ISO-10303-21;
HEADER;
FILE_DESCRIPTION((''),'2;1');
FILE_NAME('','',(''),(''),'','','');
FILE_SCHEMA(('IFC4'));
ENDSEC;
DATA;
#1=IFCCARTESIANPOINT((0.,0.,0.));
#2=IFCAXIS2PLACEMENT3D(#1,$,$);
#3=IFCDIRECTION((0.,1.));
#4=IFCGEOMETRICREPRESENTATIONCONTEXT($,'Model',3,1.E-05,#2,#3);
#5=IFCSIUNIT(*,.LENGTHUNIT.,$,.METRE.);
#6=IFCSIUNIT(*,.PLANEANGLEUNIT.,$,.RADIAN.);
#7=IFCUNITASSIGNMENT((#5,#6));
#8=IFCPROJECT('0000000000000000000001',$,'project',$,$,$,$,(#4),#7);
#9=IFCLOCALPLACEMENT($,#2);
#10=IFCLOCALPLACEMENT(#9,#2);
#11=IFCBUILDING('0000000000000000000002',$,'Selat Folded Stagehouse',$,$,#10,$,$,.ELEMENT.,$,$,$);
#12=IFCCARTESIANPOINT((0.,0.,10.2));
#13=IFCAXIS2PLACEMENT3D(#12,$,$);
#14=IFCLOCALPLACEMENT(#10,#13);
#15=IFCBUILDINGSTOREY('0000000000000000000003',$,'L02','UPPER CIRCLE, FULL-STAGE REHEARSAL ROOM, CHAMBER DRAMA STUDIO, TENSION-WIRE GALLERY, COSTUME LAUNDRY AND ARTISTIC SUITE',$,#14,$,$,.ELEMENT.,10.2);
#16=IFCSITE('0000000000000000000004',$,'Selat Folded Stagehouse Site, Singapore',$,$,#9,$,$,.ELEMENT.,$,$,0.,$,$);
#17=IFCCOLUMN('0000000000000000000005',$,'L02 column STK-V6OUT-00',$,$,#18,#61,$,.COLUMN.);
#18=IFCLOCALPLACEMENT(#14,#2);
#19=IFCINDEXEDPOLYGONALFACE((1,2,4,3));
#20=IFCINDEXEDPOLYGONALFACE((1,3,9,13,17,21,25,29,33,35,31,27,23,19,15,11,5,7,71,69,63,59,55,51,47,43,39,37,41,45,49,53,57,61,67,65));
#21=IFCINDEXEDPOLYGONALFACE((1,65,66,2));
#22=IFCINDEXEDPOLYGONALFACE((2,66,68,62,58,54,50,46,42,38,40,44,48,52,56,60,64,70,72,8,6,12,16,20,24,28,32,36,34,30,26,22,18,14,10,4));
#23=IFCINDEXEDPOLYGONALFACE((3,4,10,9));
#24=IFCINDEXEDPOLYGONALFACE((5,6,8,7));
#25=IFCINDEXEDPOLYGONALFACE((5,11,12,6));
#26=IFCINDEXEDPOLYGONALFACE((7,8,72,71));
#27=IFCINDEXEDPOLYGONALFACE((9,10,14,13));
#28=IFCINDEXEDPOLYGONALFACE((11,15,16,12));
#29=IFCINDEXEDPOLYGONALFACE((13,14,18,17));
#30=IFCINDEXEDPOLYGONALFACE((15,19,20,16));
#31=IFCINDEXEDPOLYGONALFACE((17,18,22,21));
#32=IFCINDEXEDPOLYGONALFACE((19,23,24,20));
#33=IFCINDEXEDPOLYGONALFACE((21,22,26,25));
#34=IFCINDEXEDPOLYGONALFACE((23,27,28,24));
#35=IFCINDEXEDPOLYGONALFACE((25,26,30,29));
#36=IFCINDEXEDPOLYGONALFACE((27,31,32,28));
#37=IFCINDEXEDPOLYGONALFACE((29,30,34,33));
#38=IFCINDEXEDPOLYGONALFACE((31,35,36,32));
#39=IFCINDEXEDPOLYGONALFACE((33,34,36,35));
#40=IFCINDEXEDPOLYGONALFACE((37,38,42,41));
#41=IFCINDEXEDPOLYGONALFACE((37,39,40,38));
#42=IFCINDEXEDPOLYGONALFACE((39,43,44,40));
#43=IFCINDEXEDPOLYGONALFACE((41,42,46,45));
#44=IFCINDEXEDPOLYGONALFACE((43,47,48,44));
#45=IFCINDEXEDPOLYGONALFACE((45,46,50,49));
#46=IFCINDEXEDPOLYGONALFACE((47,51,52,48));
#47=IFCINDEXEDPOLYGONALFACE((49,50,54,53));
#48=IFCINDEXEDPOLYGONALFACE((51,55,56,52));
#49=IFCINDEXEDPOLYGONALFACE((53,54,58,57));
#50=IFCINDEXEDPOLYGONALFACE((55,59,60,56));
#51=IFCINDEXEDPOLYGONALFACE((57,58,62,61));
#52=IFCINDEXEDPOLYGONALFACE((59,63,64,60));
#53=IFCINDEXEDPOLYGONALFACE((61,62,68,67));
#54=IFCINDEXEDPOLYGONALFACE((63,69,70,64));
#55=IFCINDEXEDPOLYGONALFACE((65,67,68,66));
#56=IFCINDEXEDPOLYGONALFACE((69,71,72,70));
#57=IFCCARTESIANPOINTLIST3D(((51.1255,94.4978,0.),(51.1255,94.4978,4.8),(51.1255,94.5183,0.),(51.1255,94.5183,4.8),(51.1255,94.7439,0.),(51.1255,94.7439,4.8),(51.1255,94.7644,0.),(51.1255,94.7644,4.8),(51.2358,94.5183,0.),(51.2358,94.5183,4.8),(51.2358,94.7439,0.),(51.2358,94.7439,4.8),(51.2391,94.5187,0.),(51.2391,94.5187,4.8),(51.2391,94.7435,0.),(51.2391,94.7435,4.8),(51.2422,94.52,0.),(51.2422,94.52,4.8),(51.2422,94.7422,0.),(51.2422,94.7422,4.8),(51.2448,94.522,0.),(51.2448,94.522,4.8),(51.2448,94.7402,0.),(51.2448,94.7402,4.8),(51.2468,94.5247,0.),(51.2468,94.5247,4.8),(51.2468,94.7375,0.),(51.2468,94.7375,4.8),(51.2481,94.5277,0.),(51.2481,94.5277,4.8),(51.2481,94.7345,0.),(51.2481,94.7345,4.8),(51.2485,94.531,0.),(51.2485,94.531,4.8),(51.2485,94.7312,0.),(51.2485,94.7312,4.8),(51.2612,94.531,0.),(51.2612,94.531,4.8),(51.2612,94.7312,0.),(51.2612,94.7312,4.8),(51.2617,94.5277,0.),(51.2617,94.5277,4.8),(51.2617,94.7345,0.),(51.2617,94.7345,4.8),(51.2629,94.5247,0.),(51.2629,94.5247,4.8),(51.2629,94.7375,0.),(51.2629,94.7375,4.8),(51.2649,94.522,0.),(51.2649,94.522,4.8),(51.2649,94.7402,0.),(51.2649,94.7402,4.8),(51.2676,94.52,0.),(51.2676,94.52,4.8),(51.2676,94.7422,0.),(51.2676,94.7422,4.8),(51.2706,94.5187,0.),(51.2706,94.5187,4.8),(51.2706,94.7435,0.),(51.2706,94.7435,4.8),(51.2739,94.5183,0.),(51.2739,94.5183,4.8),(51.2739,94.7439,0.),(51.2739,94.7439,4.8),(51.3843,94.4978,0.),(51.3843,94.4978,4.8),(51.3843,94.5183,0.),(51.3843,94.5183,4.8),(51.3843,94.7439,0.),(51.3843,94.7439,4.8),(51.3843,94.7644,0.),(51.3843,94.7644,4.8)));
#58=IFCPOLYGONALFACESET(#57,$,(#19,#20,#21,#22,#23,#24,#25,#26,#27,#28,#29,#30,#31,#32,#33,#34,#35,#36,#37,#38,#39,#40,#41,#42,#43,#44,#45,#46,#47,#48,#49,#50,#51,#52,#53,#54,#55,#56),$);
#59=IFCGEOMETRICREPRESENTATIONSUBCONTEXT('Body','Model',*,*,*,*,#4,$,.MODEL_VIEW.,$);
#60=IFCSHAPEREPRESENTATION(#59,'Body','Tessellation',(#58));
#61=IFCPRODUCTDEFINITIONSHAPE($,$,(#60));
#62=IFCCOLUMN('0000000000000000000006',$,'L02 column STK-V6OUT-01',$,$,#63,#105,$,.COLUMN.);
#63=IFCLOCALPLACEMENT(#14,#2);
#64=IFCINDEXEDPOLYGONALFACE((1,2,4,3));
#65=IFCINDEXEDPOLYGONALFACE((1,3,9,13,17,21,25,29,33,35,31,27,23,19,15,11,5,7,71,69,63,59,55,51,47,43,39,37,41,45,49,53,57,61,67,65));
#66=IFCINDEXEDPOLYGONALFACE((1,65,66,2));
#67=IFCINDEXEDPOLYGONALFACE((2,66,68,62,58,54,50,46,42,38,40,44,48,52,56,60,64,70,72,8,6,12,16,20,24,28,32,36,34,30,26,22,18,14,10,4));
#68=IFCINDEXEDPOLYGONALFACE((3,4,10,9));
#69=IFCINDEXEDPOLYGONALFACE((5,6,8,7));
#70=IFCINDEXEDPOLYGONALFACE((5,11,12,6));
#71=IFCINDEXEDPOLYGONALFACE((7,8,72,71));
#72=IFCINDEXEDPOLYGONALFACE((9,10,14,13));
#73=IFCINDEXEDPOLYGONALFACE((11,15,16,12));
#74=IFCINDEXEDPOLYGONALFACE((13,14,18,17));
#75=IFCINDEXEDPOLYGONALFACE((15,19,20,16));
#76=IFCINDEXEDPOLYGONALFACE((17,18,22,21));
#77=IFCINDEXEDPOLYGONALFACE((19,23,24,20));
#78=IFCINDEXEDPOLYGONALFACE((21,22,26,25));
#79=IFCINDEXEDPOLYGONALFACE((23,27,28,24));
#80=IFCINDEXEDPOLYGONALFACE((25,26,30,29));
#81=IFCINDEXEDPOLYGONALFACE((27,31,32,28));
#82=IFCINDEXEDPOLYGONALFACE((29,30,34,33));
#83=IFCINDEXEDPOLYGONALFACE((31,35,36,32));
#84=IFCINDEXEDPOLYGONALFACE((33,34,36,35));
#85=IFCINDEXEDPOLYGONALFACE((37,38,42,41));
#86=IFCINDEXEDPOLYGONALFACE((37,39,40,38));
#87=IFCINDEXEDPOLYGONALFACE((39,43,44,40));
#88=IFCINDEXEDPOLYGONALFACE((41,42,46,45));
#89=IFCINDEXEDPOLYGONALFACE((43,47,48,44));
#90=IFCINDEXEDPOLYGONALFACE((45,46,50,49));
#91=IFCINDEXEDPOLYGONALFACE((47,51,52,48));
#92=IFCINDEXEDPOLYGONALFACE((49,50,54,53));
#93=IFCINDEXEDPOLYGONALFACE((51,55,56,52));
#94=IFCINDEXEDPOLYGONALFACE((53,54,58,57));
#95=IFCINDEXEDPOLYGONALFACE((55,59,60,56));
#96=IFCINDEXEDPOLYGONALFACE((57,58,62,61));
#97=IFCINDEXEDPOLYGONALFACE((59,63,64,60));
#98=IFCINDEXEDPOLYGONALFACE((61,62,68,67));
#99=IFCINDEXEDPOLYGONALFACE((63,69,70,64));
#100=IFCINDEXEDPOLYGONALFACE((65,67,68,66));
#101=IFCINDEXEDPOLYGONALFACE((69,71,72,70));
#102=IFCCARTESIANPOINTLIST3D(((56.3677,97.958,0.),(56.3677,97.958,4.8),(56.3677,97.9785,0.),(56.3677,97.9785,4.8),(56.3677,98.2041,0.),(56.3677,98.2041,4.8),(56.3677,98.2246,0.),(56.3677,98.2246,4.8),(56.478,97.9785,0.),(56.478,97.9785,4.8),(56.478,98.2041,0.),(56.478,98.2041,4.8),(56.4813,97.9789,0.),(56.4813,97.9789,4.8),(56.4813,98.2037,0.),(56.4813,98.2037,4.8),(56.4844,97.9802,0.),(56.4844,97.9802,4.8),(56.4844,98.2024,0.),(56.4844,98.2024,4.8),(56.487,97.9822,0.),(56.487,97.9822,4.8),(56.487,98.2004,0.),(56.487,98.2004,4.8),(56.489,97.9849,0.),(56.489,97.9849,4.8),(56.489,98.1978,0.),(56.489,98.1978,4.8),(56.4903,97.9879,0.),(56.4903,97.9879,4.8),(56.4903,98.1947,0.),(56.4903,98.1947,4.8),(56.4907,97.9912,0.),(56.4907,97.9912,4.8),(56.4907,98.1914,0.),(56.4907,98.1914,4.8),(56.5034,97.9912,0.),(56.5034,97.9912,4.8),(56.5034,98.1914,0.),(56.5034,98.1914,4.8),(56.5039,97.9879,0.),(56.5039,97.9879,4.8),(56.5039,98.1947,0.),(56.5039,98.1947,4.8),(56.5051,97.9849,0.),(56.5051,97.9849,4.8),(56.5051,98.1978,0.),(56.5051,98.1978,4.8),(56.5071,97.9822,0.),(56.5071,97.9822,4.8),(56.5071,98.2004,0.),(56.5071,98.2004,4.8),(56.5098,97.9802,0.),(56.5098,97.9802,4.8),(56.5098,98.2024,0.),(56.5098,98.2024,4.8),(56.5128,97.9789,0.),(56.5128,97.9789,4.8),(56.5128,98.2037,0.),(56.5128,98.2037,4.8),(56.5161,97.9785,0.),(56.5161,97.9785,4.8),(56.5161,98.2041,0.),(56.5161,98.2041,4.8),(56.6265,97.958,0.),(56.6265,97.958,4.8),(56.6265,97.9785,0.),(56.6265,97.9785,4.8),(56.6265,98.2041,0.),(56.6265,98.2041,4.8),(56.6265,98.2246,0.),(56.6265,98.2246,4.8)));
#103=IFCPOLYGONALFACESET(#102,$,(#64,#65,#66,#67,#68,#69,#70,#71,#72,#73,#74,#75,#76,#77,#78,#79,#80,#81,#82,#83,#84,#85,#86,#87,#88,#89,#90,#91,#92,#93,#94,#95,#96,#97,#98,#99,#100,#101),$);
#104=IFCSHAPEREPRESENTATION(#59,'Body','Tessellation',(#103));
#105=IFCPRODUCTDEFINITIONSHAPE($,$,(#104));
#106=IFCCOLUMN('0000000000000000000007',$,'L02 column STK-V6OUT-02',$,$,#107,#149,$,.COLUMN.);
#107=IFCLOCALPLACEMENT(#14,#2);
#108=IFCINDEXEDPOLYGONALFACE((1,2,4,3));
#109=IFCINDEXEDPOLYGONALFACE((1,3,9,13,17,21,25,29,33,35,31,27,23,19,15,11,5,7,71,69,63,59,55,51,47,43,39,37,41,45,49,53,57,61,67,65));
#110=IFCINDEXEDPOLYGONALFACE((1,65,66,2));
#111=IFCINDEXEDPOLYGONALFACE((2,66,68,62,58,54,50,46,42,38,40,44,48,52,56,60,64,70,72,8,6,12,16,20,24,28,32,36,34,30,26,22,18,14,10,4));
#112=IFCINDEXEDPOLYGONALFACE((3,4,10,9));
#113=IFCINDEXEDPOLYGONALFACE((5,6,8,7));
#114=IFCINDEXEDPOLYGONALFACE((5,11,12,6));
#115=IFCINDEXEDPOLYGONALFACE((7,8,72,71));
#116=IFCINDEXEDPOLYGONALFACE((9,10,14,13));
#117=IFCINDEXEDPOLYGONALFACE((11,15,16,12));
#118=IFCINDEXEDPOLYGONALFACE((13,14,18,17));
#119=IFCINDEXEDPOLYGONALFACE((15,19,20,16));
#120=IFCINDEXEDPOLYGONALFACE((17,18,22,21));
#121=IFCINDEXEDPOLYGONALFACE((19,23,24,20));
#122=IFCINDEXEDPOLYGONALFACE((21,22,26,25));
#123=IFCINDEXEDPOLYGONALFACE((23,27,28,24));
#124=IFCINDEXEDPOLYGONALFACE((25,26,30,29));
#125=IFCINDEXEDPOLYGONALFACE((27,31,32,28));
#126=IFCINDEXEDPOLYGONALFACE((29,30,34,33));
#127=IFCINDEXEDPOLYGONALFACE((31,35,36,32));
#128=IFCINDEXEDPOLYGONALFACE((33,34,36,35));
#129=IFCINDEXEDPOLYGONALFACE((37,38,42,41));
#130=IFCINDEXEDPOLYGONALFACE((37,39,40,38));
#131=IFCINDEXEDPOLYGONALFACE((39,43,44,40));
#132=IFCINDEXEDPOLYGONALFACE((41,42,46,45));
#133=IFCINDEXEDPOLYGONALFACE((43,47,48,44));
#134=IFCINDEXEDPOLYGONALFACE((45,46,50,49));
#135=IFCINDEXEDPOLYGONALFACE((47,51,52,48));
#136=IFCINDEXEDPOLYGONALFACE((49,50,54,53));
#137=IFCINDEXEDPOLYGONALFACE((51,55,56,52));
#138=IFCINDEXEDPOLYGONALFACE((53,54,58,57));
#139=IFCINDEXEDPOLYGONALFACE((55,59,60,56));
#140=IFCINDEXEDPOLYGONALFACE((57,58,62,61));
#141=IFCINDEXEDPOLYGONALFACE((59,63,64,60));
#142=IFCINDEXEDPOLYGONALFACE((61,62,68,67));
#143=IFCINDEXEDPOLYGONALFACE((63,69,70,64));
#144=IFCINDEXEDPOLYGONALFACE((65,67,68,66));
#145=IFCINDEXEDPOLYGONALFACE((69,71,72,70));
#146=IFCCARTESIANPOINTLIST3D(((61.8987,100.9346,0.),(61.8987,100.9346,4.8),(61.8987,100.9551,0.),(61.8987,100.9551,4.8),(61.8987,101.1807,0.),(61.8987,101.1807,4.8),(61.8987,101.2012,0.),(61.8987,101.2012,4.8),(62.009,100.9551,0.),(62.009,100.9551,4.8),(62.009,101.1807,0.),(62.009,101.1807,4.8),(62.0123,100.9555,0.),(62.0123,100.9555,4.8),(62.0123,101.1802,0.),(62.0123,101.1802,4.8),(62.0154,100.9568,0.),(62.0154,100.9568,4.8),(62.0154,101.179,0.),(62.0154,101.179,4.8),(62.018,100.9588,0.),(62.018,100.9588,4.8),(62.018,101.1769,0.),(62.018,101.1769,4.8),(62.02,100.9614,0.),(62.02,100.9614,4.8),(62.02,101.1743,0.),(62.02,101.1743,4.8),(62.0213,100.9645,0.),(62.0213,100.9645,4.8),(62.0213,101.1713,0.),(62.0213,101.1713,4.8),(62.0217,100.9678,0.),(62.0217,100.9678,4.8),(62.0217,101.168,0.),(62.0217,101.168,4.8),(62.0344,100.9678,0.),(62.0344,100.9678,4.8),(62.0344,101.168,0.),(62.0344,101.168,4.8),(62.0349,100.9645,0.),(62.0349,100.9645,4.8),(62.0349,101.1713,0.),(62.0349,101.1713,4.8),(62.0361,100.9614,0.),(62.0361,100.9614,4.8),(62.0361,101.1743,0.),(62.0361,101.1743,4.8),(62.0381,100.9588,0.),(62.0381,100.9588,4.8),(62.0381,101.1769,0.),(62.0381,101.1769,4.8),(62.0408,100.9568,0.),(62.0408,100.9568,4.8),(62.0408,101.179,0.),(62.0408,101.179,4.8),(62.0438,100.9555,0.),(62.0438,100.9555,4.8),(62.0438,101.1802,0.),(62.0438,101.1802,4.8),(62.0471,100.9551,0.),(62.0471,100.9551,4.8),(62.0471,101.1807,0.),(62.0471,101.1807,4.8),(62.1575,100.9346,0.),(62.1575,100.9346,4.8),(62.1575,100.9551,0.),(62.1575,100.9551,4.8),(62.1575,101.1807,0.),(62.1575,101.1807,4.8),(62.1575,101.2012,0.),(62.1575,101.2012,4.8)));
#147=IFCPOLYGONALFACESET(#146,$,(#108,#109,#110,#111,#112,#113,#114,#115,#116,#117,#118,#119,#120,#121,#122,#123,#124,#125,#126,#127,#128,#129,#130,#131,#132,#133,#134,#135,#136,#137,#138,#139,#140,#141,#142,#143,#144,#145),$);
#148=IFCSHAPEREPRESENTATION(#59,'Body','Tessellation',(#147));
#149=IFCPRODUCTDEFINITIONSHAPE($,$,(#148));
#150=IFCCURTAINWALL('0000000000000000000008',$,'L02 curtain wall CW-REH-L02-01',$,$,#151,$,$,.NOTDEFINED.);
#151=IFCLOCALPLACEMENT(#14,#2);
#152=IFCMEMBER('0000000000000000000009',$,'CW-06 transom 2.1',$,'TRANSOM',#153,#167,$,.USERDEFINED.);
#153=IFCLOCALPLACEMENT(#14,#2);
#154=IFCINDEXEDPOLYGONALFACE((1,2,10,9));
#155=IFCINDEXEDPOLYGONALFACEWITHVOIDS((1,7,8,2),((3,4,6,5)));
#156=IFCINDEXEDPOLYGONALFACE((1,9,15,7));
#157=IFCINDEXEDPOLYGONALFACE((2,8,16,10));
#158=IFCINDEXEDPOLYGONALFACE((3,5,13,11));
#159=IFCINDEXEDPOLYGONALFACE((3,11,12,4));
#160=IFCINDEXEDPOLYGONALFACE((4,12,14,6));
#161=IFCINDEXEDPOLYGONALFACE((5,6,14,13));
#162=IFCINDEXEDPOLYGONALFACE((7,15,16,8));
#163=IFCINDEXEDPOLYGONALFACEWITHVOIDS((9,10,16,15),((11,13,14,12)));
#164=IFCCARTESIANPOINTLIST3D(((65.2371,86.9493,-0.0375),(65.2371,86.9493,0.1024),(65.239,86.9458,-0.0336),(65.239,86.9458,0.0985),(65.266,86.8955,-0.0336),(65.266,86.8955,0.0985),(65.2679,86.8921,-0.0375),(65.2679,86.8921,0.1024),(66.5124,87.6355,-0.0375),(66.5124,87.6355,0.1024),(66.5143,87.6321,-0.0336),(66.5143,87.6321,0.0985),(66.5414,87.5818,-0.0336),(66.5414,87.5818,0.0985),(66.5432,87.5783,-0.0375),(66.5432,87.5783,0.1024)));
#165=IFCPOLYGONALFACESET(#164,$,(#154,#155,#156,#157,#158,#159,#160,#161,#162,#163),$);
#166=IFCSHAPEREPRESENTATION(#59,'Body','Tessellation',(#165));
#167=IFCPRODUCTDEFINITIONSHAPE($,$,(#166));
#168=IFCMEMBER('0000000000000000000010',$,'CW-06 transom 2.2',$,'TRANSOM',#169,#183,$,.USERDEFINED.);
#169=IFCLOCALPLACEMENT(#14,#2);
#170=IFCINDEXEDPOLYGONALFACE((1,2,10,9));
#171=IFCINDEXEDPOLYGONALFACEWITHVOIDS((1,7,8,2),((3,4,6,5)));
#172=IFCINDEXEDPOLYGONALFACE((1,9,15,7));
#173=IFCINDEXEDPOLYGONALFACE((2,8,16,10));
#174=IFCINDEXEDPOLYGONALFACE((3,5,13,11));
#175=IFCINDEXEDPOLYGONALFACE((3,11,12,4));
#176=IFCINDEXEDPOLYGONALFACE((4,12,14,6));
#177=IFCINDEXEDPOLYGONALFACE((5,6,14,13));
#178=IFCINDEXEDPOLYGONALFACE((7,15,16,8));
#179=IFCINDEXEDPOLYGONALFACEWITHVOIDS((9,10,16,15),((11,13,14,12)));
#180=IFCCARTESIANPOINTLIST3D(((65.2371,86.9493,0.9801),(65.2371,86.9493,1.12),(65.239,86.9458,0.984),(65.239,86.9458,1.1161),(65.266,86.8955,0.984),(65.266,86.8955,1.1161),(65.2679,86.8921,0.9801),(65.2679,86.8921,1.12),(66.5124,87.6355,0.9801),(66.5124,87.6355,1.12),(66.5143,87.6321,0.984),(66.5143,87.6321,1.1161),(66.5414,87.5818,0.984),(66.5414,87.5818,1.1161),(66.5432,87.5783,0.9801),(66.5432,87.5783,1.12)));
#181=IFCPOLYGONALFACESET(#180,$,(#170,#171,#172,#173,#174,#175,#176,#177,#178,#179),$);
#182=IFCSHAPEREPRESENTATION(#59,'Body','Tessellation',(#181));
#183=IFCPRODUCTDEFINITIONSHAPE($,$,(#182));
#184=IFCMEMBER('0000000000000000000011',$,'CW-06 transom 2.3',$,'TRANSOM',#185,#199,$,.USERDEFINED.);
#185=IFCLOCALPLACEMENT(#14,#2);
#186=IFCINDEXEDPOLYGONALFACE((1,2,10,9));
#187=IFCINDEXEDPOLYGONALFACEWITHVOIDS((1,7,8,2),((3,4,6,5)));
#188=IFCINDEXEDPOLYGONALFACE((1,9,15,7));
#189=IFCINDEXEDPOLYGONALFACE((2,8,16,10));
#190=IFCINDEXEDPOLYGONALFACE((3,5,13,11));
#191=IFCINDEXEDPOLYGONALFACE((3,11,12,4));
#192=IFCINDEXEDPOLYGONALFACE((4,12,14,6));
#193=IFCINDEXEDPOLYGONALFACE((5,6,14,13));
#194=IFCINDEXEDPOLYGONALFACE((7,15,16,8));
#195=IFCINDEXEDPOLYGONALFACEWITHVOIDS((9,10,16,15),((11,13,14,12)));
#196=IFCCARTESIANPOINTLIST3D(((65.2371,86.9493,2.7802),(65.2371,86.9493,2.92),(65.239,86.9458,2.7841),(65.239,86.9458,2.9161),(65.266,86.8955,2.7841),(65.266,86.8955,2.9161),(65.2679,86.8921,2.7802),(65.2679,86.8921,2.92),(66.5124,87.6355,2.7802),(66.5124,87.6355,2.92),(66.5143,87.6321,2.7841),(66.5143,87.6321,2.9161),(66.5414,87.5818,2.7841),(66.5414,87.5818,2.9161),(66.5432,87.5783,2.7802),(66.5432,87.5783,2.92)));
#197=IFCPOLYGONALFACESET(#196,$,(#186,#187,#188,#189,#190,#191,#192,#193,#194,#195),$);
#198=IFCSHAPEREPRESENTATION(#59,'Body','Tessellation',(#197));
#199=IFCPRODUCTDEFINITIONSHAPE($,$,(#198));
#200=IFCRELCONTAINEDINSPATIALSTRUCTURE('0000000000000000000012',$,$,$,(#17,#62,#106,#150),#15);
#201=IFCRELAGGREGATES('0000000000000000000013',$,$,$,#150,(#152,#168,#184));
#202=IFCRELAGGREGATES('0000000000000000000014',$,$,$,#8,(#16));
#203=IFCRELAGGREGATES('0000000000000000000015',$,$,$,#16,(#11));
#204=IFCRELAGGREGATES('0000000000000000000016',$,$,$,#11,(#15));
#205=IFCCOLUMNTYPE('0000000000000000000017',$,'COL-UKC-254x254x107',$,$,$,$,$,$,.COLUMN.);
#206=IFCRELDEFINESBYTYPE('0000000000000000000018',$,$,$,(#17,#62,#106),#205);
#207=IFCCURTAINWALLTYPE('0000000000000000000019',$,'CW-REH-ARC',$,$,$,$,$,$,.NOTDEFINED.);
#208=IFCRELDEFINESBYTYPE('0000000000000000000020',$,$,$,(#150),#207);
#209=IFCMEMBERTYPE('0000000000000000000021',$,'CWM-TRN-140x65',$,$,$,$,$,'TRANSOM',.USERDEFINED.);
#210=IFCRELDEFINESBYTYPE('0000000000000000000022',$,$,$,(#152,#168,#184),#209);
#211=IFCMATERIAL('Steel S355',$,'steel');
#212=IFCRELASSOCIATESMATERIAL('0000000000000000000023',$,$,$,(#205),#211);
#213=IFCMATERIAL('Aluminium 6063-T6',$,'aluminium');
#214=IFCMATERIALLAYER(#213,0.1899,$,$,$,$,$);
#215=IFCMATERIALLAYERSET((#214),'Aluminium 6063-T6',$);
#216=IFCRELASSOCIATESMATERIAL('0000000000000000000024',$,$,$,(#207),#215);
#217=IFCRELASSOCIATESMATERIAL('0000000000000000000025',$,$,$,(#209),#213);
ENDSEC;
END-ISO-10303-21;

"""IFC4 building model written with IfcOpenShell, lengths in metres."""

from ifc_helpers import new_model, si_unit, direction, frame, origin, origin_2d, place, context, subcontext, project, spatial, hollow_rectangle, i_section, extrude, material, layer, layer_set, material_profile, profile_set, type_object, element, aggregate, save


model = new_model("IFC4")

# Units and contexts
model_context = context("Model", 3, precision=1e-05, world=origin(), true_north=direction((0.0, 1.0)))
body_context = subcontext(model_context, "Body", "Model", "MODEL_VIEW")
ifc_project = project(units=[si_unit("LENGTHUNIT", "METRE"), si_unit("PLANEANGLEUNIT", "RADIAN")], contexts=[model_context])

# Site, building, storey
site_placement = place(None, origin())
site = spatial("IfcSite", under=ifc_project, at=site_placement, Name="Selat Folded Stagehouse Site, Singapore", CompositionType="ELEMENT", RefElevation=0.0)
building_placement = place(site_placement, origin())
building = spatial("IfcBuilding", under=site, at=building_placement, Name="Selat Folded Stagehouse", CompositionType="ELEMENT")
storey_placement = place(building_placement, frame((0.0, 0.0, 10.2)))
storey = spatial("IfcBuildingStorey", under=building, at=storey_placement, Name="L02", Description="UPPER CIRCLE, FULL-STAGE REHEARSAL ROOM, CHAMBER DRAMA STUDIO, TENSION-WIRE GALLERY, COSTUME LAUNDRY AND ARTISTIC SUITE", CompositionType="ELEMENT", Elevation=10.2)

# Columns
ifc_material_1 = material(Name="Steel S355", Category="steel")
ifc_material_profile_1 = material_profile(ifc_material_1, i_section(OverallWidth=0.2588, OverallDepth=0.2666, WebThickness=0.0127, FlangeThickness=0.0205, FilletRadius=0.0127, at=origin_2d()), Name="UKC 254x254x107")
ifc_profile_set_1 = profile_set([ifc_material_profile_1], Name="Steel S355")
column_type = type_object("IfcColumnType", Name="COL-UKC-254x254x107", PredefinedType="COLUMN", material=ifc_profile_set_1)
for number, where, z_axis, x_axis, name in (
    (1, (51.2549, 94.6311, 0.0), (0.0, 0.0, 1.0), (1.0, 0.0, 0.0), "L02 column STK-V6OUT-00"),
    (2, (56.4971, 98.0913, 0.0), (0.0, 0.0, 1.0), (1.0, 0.0, 0.0), "L02 column STK-V6OUT-01"),
    (3, (62.0281, 101.0679, 0.0), (0.0, 0.0, 1.0), (1.0, 0.0, 0.0), "L02 column STK-V6OUT-02"),
):
    element("IfcColumn", number, at=place(storey_placement, frame(where, z_axis=z_axis, x_axis=x_axis)), inside=storey, type_object=column_type, Name=name, PredefinedType="COLUMN", context=body_context, shape_type="SweptSolid", body=[
        extrude(i_section(OverallWidth=0.2588, OverallDepth=0.2666, WebThickness=0.0127, FlangeThickness=0.0205, FilletRadius=0.0127, at=origin_2d()), origin(), (0.0, 0.0, 1.0), 4.8),
    ])

# Curtain wall, members
ifc_material_2 = material(Name="Aluminium 6063-T6", Category="aluminium")
ifc_layer_1 = layer(ifc_material_2, 0.1899)
ifc_layer_set_1 = layer_set([ifc_layer_1], Name="Aluminium 6063-T6")
curtain_wall_type = type_object("IfcCurtainWallType", Name="CW-REH-ARC", PredefinedType="NOTDEFINED", material=ifc_layer_set_1)
curtain_wall_placement = place(storey_placement, origin())
curtain_wall = element("IfcCurtainWall", 4, at=curtain_wall_placement, inside=storey, type_object=curtain_wall_type, Name="L02 curtain wall CW-REH-L02-01", PredefinedType="NOTDEFINED")
ifc_material_profile_2 = material_profile(ifc_material_2, hollow_rectangle(XDim=0.0649, YDim=0.1399, WallThickness=0.0039, at=origin_2d()), Name="ALU 140x65x4.0")
ifc_profile_set_2 = profile_set([ifc_material_profile_2], Name="Aluminium 6063-T6")
member_type = type_object("IfcMemberType", Name="CWM-TRN-140x65", ElementType="TRANSOM", PredefinedType="USERDEFINED", material=ifc_profile_set_2)
member_1_placement = place(storey_placement, frame((66.5278, 87.6069, 0.0325), z_axis=(-0.880606, -0.473848, 0.0), x_axis=(0.473848, -0.880606, 0.0)))
member_1 = element("IfcMember", 5, at=member_1_placement, type_object=member_type, Name="CW-06 transom 2.1", ObjectType="TRANSOM", PredefinedType="USERDEFINED", context=body_context, shape_type="SweptSolid", body=[
    extrude(hollow_rectangle(XDim=0.0649, YDim=0.1399, WallThickness=0.0039, at=origin_2d()), origin(), (0.0, 0.0, 1.0), 1.4482),
])
member_2_placement = place(storey_placement, frame((66.5278, 87.6069, 1.05), z_axis=(-0.880606, -0.473848, 0.0), x_axis=(0.473848, -0.880606, 0.0)))
member_2 = element("IfcMember", 6, at=member_2_placement, type_object=member_type, Name="CW-06 transom 2.2", ObjectType="TRANSOM", PredefinedType="USERDEFINED", context=body_context, shape_type="SweptSolid", body=[
    extrude(hollow_rectangle(XDim=0.0649, YDim=0.1399, WallThickness=0.0039, at=origin_2d()), origin(), (0.0, 0.0, 1.0), 1.4482),
])
member_3_placement = place(storey_placement, frame((66.5278, 87.6069, 2.8501), z_axis=(-0.880606, -0.473848, 0.0), x_axis=(0.473848, -0.880606, 0.0)))
member_3 = element("IfcMember", 7, at=member_3_placement, type_object=member_type, Name="CW-06 transom 2.3", ObjectType="TRANSOM", PredefinedType="USERDEFINED", context=body_context, shape_type="SweptSolid", body=[
    extrude(hollow_rectangle(XDim=0.0649, YDim=0.1399, WallThickness=0.0039, at=origin_2d()), origin(), (0.0, 0.0, 1.0), 1.4482),
])

aggregate(curtain_wall, [member_1, member_2, member_3])

save(model, "model.ifc")
